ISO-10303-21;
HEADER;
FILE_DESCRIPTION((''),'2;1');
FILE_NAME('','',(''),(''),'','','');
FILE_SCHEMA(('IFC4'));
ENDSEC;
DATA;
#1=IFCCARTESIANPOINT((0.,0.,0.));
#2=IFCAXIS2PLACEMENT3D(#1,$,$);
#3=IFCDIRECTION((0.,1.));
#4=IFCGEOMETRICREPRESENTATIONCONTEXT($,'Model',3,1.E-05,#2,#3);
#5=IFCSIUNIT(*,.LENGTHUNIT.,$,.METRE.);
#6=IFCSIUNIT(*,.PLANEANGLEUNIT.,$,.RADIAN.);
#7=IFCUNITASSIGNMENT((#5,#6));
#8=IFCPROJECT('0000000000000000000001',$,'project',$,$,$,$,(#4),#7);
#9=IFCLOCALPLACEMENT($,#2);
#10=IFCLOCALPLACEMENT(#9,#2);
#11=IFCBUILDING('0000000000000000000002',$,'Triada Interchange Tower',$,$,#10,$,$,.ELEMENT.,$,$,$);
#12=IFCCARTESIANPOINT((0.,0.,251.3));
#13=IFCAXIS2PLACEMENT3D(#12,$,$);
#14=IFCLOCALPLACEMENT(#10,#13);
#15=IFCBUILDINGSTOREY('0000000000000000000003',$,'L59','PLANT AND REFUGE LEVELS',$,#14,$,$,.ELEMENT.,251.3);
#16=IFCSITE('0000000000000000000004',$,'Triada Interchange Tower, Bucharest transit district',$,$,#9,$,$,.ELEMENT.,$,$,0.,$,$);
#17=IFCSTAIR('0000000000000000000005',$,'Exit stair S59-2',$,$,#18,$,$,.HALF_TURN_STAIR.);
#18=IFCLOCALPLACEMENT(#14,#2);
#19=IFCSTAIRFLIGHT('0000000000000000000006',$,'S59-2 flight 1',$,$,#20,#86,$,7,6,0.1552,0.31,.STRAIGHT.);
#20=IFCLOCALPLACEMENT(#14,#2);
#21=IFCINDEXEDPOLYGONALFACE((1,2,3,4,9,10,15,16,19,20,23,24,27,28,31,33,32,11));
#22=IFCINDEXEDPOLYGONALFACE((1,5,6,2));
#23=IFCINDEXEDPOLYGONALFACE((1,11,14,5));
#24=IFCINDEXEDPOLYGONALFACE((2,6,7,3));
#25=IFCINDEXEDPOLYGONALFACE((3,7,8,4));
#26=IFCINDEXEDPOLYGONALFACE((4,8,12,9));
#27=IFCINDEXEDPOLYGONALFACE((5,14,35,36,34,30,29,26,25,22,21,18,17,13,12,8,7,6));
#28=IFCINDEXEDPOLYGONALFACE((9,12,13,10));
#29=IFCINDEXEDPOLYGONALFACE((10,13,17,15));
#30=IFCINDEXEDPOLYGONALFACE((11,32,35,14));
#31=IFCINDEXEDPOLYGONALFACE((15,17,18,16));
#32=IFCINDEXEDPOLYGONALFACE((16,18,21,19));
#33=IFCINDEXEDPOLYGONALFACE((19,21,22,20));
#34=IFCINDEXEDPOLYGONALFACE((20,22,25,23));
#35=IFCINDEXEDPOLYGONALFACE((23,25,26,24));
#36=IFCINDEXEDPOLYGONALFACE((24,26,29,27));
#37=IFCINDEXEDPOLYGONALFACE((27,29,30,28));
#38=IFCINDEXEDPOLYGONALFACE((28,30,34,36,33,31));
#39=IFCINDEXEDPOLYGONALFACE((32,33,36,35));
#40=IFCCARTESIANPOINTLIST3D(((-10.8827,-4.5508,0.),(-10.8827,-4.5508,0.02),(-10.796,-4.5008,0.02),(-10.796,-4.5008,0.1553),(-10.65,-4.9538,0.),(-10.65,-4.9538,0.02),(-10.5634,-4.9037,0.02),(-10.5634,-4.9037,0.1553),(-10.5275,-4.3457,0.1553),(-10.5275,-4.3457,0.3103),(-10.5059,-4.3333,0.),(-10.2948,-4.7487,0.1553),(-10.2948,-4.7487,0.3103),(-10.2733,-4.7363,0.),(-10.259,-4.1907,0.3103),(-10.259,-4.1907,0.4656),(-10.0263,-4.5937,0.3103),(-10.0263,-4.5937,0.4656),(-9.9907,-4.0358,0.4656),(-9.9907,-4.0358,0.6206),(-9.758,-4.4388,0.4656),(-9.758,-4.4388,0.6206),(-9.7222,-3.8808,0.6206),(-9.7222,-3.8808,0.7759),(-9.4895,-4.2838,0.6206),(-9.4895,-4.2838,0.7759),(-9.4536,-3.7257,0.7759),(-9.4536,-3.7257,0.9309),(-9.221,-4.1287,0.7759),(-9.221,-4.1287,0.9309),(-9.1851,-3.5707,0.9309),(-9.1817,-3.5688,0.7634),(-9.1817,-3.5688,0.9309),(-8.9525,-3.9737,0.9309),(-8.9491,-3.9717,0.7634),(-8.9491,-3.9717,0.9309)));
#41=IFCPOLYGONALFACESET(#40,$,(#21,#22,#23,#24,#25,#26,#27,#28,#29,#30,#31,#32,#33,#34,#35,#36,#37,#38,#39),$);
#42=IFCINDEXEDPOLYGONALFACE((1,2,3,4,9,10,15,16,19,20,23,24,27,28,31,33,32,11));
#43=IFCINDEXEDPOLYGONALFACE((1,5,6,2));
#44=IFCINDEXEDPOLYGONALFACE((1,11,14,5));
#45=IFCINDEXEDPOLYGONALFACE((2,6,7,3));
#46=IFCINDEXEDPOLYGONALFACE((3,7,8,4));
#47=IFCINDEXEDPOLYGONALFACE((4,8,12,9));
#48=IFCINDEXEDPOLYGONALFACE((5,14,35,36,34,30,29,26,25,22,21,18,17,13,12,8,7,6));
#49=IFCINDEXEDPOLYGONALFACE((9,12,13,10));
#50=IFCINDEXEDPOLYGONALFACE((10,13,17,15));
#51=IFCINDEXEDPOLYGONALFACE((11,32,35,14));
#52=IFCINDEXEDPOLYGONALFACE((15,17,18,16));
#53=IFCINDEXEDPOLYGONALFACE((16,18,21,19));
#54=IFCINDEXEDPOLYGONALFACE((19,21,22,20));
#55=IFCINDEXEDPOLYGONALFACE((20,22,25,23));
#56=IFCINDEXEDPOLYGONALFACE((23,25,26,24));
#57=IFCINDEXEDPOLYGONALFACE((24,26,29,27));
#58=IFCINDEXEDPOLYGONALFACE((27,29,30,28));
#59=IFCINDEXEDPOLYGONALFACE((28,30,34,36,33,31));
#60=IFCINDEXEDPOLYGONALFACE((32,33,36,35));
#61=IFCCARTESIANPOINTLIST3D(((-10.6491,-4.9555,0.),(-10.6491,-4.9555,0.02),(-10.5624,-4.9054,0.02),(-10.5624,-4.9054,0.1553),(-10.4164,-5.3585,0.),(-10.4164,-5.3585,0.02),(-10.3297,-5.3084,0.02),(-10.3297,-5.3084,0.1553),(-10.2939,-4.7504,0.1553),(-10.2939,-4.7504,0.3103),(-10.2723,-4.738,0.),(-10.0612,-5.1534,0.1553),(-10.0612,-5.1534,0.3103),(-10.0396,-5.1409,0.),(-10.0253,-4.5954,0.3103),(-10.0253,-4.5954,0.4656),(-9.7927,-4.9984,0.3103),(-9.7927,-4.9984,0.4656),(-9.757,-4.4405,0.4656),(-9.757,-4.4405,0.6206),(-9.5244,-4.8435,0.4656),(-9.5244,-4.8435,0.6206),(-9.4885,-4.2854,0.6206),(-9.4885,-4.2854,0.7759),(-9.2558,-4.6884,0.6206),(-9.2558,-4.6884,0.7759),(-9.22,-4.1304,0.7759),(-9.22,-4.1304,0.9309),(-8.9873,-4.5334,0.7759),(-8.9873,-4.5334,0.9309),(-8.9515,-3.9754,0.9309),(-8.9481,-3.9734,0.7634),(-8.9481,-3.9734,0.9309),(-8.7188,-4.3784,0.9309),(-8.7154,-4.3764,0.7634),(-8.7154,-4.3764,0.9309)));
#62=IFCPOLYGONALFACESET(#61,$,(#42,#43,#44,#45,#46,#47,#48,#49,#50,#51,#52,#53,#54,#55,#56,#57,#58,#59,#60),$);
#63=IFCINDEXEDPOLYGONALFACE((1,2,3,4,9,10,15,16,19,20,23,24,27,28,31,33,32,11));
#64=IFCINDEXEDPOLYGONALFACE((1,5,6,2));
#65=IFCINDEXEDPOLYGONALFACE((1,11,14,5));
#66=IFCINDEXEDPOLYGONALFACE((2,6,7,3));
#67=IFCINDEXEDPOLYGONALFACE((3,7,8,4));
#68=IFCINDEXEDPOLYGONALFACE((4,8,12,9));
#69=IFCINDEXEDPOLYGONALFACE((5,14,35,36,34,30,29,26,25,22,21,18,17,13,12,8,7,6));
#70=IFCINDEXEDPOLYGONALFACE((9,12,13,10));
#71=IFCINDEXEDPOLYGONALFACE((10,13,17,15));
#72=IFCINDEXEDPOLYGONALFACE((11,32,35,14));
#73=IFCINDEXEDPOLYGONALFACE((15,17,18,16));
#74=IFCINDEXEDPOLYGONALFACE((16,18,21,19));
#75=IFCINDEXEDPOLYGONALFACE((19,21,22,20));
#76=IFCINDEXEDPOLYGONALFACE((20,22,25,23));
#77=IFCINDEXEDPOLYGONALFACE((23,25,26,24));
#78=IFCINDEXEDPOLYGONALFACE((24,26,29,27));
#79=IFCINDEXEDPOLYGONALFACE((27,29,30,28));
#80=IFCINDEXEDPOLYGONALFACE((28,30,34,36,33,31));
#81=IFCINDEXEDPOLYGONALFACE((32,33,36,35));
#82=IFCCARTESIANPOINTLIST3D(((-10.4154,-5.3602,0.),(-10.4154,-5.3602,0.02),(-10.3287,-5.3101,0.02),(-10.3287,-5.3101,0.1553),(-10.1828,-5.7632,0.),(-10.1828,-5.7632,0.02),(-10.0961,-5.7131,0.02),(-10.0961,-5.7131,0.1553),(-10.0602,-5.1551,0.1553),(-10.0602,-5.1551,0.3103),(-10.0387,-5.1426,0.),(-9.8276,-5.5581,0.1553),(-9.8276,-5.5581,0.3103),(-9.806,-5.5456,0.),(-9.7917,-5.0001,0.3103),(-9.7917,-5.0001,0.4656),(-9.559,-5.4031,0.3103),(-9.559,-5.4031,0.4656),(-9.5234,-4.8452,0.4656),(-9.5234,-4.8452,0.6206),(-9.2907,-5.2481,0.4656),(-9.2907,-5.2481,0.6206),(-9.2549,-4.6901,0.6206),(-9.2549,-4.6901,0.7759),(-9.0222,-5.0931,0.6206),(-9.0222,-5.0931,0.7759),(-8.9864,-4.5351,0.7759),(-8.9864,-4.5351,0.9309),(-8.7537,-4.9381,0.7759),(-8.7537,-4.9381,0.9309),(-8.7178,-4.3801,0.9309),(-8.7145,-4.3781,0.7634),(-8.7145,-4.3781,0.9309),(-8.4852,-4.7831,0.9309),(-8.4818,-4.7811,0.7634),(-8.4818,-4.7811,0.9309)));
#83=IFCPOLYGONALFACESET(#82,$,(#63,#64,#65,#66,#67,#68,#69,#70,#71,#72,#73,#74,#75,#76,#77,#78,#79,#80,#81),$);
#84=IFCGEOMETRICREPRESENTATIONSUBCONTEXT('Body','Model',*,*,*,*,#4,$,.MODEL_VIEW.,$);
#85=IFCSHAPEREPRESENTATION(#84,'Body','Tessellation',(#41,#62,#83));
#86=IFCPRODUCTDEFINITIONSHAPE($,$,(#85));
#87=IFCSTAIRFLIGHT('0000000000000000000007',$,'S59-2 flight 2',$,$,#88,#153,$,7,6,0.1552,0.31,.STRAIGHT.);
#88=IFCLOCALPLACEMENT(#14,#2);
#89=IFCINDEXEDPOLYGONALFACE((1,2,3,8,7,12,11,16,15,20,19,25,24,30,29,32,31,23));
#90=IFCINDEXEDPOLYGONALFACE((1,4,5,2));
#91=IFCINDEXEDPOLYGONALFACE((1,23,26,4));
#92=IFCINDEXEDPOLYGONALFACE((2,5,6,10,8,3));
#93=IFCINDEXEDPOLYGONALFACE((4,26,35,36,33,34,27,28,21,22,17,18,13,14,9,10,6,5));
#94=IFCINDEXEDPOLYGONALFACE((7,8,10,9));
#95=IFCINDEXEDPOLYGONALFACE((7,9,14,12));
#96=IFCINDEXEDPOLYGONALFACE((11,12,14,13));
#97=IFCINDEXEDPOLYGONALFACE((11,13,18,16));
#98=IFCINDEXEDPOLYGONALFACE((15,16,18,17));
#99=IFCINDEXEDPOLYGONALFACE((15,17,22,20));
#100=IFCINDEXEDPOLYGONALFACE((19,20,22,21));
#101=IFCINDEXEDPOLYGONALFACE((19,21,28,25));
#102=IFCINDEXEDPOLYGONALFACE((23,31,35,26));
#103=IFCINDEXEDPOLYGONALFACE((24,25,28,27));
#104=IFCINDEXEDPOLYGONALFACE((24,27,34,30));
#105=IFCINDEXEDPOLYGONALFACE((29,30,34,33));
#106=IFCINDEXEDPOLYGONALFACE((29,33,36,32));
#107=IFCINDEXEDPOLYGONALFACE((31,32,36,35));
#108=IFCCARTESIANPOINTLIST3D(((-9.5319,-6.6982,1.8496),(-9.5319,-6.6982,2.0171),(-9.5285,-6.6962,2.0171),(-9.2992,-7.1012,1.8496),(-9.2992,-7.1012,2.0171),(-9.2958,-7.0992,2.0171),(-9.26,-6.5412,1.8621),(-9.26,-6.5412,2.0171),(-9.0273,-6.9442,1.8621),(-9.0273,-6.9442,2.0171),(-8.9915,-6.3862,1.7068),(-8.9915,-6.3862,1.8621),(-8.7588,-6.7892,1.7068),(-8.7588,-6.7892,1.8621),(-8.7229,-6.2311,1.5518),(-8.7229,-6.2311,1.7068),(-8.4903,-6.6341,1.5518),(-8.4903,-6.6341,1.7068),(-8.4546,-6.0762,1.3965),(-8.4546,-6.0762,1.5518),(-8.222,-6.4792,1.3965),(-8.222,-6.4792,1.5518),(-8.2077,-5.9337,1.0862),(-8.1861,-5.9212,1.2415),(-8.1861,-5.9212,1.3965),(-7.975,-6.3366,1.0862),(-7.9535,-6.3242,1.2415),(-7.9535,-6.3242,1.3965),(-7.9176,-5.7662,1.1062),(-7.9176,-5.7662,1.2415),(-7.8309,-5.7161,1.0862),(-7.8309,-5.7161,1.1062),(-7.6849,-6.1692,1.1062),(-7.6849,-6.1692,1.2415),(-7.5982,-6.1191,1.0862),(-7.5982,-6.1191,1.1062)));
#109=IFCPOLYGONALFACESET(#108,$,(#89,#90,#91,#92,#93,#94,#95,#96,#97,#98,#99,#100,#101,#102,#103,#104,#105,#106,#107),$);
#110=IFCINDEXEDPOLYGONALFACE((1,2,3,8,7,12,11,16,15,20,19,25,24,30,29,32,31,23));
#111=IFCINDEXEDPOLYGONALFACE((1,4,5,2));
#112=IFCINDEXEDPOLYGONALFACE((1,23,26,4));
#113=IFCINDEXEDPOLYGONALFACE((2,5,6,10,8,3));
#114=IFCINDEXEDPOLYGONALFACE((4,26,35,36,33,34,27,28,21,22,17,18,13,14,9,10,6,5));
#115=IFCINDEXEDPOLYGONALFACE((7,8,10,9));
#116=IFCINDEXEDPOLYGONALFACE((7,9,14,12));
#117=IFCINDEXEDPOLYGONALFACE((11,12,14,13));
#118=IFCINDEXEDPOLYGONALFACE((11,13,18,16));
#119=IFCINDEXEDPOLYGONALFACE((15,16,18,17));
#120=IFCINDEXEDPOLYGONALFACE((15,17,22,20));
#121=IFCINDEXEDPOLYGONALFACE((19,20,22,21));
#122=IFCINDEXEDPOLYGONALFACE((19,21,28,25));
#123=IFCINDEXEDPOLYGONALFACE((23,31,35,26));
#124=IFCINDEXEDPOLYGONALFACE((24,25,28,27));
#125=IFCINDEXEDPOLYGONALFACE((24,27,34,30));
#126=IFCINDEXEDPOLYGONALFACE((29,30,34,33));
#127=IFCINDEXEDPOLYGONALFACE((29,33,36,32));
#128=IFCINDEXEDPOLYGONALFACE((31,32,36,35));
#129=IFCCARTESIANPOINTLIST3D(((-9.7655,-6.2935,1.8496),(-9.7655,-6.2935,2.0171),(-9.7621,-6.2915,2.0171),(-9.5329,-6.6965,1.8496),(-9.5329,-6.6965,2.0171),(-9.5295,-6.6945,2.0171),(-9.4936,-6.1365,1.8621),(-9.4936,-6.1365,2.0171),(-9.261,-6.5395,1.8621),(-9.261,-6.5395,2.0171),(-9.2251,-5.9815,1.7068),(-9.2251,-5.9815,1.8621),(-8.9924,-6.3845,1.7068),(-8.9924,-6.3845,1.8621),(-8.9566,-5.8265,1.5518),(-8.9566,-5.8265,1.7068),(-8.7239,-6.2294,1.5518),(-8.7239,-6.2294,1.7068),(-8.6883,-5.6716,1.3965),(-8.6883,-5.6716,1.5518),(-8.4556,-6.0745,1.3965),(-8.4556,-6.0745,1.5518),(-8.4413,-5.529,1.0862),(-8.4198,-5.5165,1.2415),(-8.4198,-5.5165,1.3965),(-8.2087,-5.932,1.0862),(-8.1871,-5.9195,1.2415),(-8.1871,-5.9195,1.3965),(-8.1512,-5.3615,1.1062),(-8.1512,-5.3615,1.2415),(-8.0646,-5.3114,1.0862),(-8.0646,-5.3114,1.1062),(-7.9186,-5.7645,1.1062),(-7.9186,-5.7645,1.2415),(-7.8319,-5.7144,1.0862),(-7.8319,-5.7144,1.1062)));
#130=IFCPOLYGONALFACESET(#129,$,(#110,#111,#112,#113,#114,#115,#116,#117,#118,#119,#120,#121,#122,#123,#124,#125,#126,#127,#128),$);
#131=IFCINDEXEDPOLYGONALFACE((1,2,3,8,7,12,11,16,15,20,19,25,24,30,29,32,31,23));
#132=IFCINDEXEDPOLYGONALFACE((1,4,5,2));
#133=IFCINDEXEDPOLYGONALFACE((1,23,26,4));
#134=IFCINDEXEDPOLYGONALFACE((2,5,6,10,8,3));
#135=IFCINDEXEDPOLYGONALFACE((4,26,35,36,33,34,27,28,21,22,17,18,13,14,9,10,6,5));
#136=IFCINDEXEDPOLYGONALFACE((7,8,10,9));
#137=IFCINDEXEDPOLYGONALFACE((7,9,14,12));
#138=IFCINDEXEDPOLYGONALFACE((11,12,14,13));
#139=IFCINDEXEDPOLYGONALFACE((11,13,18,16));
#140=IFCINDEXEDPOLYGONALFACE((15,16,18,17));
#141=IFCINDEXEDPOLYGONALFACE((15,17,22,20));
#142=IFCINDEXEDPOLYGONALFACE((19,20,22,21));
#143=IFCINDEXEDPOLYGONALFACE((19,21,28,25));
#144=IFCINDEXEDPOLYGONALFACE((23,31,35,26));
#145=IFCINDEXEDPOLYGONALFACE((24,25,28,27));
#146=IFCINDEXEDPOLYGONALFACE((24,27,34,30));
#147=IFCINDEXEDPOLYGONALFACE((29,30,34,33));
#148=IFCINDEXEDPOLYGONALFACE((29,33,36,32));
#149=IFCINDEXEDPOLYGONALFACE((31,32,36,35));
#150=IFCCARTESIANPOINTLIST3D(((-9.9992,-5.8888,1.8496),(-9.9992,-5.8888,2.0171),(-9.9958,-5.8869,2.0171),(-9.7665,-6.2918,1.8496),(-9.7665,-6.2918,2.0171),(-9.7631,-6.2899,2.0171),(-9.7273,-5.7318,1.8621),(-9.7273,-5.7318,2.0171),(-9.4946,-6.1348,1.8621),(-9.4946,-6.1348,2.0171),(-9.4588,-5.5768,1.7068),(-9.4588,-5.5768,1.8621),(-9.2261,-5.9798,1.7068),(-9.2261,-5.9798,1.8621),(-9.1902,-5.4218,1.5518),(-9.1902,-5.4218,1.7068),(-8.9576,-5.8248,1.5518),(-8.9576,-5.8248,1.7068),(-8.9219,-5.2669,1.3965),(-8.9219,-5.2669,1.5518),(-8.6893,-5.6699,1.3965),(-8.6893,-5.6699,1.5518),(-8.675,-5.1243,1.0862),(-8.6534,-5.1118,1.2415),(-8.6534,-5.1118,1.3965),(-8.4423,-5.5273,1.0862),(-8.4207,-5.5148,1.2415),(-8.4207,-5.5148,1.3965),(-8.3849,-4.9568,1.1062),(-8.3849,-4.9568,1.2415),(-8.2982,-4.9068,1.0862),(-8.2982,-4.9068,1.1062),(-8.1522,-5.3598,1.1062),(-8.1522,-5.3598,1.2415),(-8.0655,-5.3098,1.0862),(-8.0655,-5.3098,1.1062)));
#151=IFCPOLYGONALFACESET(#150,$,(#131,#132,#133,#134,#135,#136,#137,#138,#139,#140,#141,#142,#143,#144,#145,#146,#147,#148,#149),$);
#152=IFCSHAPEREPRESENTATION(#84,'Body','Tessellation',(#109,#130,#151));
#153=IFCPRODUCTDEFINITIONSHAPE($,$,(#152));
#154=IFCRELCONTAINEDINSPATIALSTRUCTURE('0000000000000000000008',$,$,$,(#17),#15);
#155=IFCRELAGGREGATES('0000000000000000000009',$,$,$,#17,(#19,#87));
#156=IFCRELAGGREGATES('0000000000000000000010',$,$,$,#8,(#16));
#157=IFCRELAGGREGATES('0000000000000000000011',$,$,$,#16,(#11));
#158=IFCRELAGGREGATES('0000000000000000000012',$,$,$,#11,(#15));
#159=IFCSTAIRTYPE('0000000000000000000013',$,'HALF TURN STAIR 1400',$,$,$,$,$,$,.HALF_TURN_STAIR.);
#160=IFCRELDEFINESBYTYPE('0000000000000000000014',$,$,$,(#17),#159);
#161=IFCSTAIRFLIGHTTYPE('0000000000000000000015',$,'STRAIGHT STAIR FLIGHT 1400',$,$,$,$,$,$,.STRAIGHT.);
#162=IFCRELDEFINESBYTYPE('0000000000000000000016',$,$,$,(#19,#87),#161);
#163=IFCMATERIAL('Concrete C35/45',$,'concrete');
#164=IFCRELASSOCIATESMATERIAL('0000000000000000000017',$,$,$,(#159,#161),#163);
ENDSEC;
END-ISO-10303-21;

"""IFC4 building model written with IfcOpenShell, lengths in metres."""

from ifc_helpers import new_model, si_unit, direction, frame, origin, place, context, subcontext, project, spatial, polyline, outline, extrude, material, type_object, element, aggregate, save


model = new_model("IFC4")

# Units and contexts
model_context = context("Model", 3, precision=1e-05, world=origin(), true_north=direction((0.0, 1.0)))
body_context = subcontext(model_context, "Body", "Model", "MODEL_VIEW")
ifc_project = project(units=[si_unit("LENGTHUNIT", "METRE"), si_unit("PLANEANGLEUNIT", "RADIAN")], contexts=[model_context])

# Site, building, storey
site_placement = place(None, origin())
site = spatial("IfcSite", under=ifc_project, at=site_placement, Name="Triada Interchange Tower, Bucharest transit district", CompositionType="ELEMENT", RefElevation=0.0)
building_placement = place(site_placement, origin())
building = spatial("IfcBuilding", under=site, at=building_placement, Name="Triada Interchange Tower", CompositionType="ELEMENT")
storey_placement = place(building_placement, frame((0.0, 0.0, 251.3)))
storey = spatial("IfcBuildingStorey", under=building, at=storey_placement, Name="L59", Description="PLANT AND REFUGE LEVELS", CompositionType="ELEMENT", Elevation=251.3)

# Shared definitions
ifc_material_1 = material(Name="Concrete C35/45", Category="concrete")

# Stair, stair flights
stair_type = type_object("IfcStairType", Name="HALF TURN STAIR 1400", PredefinedType="HALF_TURN_STAIR", material=ifc_material_1)
stair_placement = place(storey_placement, origin())
stair = element("IfcStair", 1, at=stair_placement, inside=storey, type_object=stair_type, Name="Exit stair S59-2", PredefinedType="HALF_TURN_STAIR")
stair_flight_type = type_object("IfcStairFlightType", Name="STRAIGHT STAIR FLIGHT 1400", PredefinedType="STRAIGHT", material=ifc_material_1)
stair_flight_1_placement = place(storey_placement, frame((-10.446, -5.1069, 0.0), z_axis=(0.0, 0.0, 1.0), x_axis=(0.866025, 0.5, 0.0)))
stair_flight_1 = element("IfcStairFlight", 2, at=stair_flight_1_placement, type_object=stair_flight_type, Name="S59-2 flight 1", NumberOfRisers=7, NumberOfTreads=6, PredefinedType="STRAIGHT", RiserHeight=0.1552, TreadLength=0.31, context=body_context, shape_type="SweptSolid", body=[
    extrude(outline(polyline([(-0.1001, 0.0), (-0.1001, 0.02), (0.0, 0.02), (0.0, 0.1553), (0.3101, 0.1553), (0.3101, 0.3103), (0.6201, 0.3103), (0.6201, 0.4656), (0.9299, 0.4656), (0.9299, 0.6206), (1.24, 0.6206), (1.24, 0.7759), (1.55, 0.7759), (1.55, 0.9309), (1.8601, 0.9309), (1.864, 0.9309), (1.864, 1.0862), (1.864, 0.7634), (0.335, 0.0), (-0.1001, 0.0)])), frame((0.0, 0.7, 0.0), z_axis=(0.0, -1.0, 0.0), x_axis=(1.0, 0.0, 0.0)), (0.0, 0.0, 1.0), 0.4653),
    extrude(outline(polyline([(-0.1001, 0.0), (-0.1001, 0.02), (0.0, 0.02), (0.0, 0.1553), (0.3101, 0.1553), (0.3101, 0.3103), (0.6201, 0.3103), (0.6201, 0.4656), (0.9299, 0.4656), (0.9299, 0.6206), (1.24, 0.6206), (1.24, 0.7759), (1.55, 0.7759), (1.55, 0.9309), (1.8601, 0.9309), (1.864, 0.9309), (1.864, 1.0862), (1.864, 0.7634), (0.335, 0.0), (-0.1001, 0.0)])), frame((0.0, 0.2327, 0.0), z_axis=(0.0, -1.0, 0.0), x_axis=(1.0, 0.0, 0.0)), (0.0, 0.0, 1.0), 0.4653),
    extrude(outline(polyline([(-0.1001, 0.0), (-0.1001, 0.02), (0.0, 0.02), (0.0, 0.1553), (0.3101, 0.1553), (0.3101, 0.3103), (0.6201, 0.3103), (0.6201, 0.4656), (0.9299, 0.4656), (0.9299, 0.6206), (1.24, 0.6206), (1.24, 0.7759), (1.55, 0.7759), (1.55, 0.9309), (1.8601, 0.9309), (1.864, 0.9309), (1.864, 1.0862), (1.864, 0.7634), (0.335, 0.0), (-0.1001, 0.0)])), frame((0.0, -0.2346, 0.0), z_axis=(0.0, -1.0, 0.0), x_axis=(1.0, 0.0, 0.0)), (0.0, 0.0, 1.0), 0.4653),
])
stair_flight_2_placement = place(storey_placement, frame((-8.0349, -5.563, 1.0862), z_axis=(0.0, 0.0, 1.0), x_axis=(-0.866025, -0.5, 0.0)))
stair_flight_2 = element("IfcStairFlight", 3, at=stair_flight_2_placement, type_object=stair_flight_type, Name="S59-2 flight 2", NumberOfRisers=7, NumberOfTreads=6, PredefinedType="STRAIGHT", RiserHeight=0.1552, TreadLength=0.31, context=body_context, shape_type="SweptSolid", body=[
    extrude(outline(polyline([(-0.1001, 0.0), (-0.1001, 0.02), (0.0, 0.02), (0.0, 0.1553), (0.3101, 0.1553), (0.3101, 0.3103), (0.6201, 0.3103), (0.6201, 0.4656), (0.9299, 0.4656), (0.9299, 0.6206), (1.24, 0.6206), (1.24, 0.7759), (1.55, 0.7759), (1.55, 0.9309), (1.8601, 0.9309), (1.864, 0.9309), (1.864, 1.0862), (1.864, 0.7634), (0.335, 0.0), (-0.1001, 0.0)])), frame((0.0, 0.7, 0.0), z_axis=(0.0, -1.0, 0.0), x_axis=(1.0, 0.0, 0.0)), (0.0, 0.0, 1.0), 0.4653),
    extrude(outline(polyline([(-0.1001, 0.0), (-0.1001, 0.02), (0.0, 0.02), (0.0, 0.1553), (0.3101, 0.1553), (0.3101, 0.3103), (0.6201, 0.3103), (0.6201, 0.4656), (0.9299, 0.4656), (0.9299, 0.6206), (1.24, 0.6206), (1.24, 0.7759), (1.55, 0.7759), (1.55, 0.9309), (1.8601, 0.9309), (1.864, 0.9309), (1.864, 1.0862), (1.864, 0.7634), (0.335, 0.0), (-0.1001, 0.0)])), frame((0.0, 0.2327, 0.0), z_axis=(0.0, -1.0, 0.0), x_axis=(1.0, 0.0, 0.0)), (0.0, 0.0, 1.0), 0.4653),
    extrude(outline(polyline([(-0.1001, 0.0), (-0.1001, 0.02), (0.0, 0.02), (0.0, 0.1553), (0.3101, 0.1553), (0.3101, 0.3103), (0.6201, 0.3103), (0.6201, 0.4656), (0.9299, 0.4656), (0.9299, 0.6206), (1.24, 0.6206), (1.24, 0.7759), (1.55, 0.7759), (1.55, 0.9309), (1.8601, 0.9309), (1.864, 0.9309), (1.864, 1.0862), (1.864, 0.7634), (0.335, 0.0), (-0.1001, 0.0)])), frame((0.0, -0.2346, 0.0), z_axis=(0.0, -1.0, 0.0), x_axis=(1.0, 0.0, 0.0)), (0.0, 0.0, 1.0), 0.4653),
])
aggregate(stair, [stair_flight_1, stair_flight_2])

save(model, "model.ifc")
